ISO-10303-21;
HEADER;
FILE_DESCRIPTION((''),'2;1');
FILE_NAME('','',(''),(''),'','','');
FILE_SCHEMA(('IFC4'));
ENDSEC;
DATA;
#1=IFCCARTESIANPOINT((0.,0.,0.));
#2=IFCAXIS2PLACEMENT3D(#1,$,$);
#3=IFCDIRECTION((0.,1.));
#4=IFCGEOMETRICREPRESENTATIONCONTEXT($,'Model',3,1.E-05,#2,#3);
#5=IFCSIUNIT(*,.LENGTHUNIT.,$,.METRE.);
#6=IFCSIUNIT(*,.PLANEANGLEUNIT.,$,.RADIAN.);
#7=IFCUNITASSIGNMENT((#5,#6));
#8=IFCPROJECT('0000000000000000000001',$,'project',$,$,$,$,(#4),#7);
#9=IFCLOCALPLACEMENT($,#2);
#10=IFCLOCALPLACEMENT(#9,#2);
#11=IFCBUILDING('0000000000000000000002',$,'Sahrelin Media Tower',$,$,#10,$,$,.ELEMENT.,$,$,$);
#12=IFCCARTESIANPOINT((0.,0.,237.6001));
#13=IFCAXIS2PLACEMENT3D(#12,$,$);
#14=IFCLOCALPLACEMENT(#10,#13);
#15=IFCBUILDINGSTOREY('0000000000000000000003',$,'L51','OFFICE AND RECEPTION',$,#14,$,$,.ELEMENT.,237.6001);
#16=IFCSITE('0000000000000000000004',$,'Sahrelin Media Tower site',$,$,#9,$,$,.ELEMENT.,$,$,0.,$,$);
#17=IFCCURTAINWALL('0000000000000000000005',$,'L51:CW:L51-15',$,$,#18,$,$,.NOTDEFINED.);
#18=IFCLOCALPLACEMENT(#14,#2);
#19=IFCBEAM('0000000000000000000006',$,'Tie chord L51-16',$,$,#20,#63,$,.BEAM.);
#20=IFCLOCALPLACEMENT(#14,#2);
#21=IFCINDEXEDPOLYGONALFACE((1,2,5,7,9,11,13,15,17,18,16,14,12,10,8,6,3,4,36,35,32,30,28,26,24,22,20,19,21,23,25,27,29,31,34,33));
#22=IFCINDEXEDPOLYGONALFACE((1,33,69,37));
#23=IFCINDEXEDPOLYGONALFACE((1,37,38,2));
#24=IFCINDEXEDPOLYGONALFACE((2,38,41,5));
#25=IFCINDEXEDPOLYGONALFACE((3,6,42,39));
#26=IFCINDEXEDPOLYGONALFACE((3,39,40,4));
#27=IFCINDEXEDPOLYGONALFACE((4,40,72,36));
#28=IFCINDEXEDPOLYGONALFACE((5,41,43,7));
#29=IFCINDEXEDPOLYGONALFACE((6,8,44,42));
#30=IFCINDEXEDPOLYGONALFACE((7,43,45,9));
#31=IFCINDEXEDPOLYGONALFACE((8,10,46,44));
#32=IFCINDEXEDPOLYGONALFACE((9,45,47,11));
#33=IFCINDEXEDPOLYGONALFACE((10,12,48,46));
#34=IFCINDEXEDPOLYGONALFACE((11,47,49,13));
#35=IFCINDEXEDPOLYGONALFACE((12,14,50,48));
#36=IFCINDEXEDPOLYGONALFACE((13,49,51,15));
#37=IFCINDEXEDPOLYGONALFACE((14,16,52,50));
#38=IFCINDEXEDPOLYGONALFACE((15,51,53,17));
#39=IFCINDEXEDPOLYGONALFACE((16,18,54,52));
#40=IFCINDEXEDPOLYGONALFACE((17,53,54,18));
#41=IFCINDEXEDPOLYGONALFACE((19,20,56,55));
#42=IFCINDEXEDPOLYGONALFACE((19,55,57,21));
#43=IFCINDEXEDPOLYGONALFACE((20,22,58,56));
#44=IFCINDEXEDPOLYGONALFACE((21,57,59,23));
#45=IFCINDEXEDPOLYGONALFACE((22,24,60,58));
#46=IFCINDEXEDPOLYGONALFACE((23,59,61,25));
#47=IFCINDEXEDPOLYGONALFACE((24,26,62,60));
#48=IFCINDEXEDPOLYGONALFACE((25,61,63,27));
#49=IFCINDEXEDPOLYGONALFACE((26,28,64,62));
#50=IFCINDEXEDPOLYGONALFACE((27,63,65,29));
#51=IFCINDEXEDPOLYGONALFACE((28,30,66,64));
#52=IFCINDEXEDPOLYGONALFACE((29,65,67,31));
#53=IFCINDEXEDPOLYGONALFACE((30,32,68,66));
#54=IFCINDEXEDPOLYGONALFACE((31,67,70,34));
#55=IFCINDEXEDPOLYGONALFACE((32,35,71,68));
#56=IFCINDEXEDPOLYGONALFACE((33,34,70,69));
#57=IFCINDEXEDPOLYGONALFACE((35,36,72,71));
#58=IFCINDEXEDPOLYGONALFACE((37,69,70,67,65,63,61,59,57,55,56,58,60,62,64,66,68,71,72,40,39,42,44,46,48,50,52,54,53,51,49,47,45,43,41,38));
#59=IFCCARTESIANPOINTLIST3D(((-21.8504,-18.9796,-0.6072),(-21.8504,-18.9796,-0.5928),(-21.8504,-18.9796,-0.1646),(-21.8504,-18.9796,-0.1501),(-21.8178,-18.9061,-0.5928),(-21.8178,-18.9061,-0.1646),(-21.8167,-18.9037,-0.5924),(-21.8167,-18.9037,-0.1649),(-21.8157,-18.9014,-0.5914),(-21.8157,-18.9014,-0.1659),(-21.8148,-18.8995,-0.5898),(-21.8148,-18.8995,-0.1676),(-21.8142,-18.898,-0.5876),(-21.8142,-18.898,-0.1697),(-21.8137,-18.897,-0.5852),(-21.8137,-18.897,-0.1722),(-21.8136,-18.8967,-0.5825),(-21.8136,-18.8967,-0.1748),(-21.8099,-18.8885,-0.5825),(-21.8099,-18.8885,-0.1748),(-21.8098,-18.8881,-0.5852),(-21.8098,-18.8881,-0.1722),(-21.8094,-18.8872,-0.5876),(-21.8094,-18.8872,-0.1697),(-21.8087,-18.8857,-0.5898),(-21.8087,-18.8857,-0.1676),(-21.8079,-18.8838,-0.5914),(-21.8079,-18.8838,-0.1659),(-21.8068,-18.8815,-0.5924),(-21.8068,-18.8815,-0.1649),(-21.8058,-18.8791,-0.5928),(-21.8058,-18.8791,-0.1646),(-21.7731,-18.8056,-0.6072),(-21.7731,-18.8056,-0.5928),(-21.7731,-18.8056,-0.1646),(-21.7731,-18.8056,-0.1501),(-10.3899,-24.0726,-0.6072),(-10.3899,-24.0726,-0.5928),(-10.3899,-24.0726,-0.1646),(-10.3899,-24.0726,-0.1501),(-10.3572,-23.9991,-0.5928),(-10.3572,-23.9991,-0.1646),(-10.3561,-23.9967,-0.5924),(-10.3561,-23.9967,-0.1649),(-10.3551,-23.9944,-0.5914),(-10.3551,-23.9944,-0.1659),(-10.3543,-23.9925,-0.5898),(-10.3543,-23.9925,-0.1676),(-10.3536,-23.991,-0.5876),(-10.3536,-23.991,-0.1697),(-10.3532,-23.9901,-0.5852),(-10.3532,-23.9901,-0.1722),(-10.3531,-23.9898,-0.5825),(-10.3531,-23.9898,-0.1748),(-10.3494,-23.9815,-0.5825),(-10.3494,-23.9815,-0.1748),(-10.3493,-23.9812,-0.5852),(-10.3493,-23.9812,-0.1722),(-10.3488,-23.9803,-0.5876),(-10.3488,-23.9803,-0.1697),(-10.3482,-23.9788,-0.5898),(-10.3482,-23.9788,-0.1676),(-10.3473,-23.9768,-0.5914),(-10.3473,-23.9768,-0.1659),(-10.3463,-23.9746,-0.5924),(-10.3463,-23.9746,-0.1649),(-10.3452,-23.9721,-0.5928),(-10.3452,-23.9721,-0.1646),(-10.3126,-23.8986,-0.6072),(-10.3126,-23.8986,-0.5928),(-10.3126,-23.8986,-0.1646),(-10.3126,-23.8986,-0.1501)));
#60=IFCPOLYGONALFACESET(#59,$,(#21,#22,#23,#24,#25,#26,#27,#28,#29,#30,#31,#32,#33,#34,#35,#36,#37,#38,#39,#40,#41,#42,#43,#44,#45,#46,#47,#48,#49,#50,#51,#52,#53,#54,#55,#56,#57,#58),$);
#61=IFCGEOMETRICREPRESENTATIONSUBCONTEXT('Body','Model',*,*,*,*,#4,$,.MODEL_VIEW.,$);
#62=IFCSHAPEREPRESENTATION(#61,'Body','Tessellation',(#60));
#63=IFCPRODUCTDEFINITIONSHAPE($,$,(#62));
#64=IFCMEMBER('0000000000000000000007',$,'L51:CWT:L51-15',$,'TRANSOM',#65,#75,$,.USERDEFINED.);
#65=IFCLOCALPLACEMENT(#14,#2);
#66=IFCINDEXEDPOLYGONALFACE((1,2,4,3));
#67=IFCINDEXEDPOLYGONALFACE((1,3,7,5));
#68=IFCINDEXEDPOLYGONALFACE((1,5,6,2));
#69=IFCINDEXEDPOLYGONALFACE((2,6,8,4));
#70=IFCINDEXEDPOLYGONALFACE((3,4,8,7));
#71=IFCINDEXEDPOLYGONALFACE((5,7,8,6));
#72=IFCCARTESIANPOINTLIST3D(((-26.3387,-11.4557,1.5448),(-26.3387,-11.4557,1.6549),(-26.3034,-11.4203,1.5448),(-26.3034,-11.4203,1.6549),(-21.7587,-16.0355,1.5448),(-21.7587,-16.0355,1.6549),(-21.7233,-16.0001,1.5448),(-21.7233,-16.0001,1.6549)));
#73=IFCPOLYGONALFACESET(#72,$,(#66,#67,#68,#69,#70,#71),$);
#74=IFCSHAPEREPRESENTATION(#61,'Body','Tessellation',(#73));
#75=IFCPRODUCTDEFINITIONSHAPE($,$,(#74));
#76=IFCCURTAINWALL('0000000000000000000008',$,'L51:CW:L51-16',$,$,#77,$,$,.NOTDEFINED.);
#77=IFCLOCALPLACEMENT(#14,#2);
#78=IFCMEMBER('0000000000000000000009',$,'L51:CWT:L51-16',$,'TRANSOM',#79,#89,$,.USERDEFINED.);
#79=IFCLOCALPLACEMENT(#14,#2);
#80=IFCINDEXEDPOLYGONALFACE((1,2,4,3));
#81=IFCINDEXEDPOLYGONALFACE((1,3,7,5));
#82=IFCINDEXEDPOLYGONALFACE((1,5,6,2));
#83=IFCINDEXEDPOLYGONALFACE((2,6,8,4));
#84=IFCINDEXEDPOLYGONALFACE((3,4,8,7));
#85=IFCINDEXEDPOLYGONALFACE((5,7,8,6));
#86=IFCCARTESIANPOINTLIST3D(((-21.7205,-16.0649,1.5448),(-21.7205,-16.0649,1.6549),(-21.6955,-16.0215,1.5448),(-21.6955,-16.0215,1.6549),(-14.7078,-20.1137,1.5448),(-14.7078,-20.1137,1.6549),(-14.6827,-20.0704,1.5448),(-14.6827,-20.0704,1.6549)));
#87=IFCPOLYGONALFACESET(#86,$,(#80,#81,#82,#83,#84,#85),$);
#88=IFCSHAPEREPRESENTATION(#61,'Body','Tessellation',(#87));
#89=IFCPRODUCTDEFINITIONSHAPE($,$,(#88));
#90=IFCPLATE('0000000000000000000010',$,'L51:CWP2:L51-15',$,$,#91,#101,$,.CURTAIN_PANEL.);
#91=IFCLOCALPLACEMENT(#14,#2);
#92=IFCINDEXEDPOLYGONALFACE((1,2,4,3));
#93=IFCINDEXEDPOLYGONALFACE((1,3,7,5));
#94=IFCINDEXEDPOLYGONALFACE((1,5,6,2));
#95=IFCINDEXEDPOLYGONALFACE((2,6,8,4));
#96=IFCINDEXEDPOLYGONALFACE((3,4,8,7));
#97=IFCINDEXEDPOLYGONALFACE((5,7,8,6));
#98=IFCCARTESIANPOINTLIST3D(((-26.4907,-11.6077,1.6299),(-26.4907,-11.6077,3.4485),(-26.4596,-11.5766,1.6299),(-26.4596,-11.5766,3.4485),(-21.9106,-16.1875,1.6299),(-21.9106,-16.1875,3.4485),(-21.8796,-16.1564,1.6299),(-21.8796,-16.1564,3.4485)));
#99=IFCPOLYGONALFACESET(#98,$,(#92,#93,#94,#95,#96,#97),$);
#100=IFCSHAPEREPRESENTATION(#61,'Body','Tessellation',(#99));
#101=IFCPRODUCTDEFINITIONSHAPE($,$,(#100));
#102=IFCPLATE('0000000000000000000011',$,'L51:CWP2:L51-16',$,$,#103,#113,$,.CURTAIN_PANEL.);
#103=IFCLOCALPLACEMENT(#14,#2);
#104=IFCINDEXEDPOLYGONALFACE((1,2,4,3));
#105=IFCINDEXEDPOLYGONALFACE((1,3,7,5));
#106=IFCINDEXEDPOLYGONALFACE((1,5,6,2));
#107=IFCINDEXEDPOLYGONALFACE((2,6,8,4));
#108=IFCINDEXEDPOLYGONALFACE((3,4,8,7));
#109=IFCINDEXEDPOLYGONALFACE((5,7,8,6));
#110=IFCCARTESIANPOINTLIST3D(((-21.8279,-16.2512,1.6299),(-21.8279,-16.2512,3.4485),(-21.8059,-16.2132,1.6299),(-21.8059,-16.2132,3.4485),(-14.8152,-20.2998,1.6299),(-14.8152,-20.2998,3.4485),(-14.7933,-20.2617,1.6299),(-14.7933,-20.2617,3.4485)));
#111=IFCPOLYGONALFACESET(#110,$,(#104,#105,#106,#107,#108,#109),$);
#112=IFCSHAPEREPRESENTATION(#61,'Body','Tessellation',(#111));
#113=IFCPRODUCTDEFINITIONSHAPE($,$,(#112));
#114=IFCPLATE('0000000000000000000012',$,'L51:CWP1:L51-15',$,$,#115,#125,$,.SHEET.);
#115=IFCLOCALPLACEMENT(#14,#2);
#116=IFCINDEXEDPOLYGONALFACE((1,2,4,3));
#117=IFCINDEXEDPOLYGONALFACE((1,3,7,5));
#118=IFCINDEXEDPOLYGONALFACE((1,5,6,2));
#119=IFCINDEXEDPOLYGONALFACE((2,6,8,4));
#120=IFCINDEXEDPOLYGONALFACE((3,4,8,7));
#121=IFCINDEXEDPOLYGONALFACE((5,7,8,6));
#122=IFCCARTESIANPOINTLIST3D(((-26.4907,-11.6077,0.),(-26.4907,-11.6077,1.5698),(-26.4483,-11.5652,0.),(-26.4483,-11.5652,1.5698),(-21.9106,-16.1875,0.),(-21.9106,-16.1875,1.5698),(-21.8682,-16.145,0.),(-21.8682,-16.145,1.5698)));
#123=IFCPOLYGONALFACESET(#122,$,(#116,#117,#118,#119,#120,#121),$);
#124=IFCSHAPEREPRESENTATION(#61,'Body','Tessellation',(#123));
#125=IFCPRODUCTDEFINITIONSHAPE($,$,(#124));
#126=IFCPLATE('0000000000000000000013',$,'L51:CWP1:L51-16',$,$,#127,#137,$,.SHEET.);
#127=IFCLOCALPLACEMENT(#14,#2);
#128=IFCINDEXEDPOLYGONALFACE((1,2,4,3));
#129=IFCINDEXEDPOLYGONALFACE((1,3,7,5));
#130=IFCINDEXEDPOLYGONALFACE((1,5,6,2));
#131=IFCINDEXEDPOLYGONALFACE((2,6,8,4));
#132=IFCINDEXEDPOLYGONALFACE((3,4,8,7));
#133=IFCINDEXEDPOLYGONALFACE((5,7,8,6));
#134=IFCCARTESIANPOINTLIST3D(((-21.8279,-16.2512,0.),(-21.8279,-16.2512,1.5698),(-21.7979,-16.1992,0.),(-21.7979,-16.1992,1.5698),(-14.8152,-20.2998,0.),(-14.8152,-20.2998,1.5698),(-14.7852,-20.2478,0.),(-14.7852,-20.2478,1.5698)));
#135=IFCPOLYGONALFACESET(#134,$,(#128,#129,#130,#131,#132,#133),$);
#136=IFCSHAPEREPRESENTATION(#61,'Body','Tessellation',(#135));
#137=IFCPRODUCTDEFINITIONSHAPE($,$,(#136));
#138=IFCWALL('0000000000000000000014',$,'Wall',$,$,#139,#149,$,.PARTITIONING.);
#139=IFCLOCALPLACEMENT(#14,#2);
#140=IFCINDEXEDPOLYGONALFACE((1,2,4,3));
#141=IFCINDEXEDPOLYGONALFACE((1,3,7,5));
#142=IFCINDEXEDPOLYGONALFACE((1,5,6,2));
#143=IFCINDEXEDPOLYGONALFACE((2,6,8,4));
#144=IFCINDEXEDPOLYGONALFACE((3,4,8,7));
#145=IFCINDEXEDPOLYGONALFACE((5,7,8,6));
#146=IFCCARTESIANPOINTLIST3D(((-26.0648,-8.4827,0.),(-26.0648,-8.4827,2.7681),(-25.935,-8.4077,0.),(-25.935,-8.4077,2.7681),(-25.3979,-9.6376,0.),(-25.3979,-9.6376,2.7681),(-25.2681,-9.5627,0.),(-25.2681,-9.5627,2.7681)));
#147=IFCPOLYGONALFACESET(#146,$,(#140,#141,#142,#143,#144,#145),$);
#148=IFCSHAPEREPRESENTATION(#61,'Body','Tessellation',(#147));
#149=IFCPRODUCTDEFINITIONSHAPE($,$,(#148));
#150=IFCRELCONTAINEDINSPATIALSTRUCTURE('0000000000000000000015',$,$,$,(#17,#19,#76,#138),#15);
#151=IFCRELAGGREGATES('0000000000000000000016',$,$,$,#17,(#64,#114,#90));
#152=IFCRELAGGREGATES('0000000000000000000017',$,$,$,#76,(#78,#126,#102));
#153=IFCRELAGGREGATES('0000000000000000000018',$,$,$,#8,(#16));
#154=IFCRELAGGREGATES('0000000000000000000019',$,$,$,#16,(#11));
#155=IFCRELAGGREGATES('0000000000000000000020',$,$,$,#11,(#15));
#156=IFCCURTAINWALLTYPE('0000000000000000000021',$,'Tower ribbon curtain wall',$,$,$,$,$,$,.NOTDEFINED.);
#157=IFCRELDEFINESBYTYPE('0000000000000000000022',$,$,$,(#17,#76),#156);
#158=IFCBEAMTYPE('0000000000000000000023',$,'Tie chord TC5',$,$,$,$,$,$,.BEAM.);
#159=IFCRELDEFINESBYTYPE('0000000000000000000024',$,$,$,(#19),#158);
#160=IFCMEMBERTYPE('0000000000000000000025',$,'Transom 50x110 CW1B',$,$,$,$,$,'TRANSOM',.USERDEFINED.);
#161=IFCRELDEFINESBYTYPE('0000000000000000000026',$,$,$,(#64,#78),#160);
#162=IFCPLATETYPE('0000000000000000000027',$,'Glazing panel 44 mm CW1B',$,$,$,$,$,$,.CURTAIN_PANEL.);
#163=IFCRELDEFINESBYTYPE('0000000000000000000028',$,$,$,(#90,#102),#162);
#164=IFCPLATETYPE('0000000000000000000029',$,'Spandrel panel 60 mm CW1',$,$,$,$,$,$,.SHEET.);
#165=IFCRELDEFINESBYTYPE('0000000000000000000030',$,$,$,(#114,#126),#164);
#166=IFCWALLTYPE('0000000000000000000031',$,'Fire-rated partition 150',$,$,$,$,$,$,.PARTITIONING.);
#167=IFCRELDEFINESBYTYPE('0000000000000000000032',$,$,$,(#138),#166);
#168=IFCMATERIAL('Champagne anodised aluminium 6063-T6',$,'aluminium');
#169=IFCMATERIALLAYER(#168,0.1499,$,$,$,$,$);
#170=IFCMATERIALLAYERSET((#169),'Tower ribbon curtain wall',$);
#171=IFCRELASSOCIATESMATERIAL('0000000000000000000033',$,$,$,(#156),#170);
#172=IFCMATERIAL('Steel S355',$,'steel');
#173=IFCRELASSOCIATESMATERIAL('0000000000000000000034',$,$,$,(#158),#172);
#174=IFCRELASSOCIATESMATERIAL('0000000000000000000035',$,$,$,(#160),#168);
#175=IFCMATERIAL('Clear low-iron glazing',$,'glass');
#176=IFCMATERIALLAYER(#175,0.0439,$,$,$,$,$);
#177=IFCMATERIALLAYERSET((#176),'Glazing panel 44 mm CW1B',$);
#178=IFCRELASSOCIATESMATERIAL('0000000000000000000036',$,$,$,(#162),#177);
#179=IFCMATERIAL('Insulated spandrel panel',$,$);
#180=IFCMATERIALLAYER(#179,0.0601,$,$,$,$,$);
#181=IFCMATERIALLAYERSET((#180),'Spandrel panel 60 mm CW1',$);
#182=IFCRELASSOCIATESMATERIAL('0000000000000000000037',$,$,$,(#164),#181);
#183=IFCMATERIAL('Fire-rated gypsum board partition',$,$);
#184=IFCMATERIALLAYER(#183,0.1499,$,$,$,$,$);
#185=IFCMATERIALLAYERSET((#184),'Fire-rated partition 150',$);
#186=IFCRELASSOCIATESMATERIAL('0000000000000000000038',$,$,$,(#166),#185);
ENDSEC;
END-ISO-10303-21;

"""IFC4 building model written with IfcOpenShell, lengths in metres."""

from ifc_helpers import new_model, si_unit, direction, frame, frame_2d, origin, origin_2d, place, context, subcontext, project, spatial, polyline, rectangle, i_section, outline, extrude, material, layer, layer_set, material_profile, profile_set, type_object, element, aggregate, save


model = new_model("IFC4")

# Units and contexts
model_context = context("Model", 3, precision=1e-05, world=origin(), true_north=direction((0.0, 1.0)))
body_context = subcontext(model_context, "Body", "Model", "MODEL_VIEW")
ifc_project = project(units=[si_unit("LENGTHUNIT", "METRE"), si_unit("PLANEANGLEUNIT", "RADIAN")], contexts=[model_context])

# Site, building, storey
site_placement = place(None, origin())
site = spatial("IfcSite", under=ifc_project, at=site_placement, Name="Sahrelin Media Tower site", CompositionType="ELEMENT", RefElevation=0.0)
building_placement = place(site_placement, origin())
building = spatial("IfcBuilding", under=site, at=building_placement, Name="Sahrelin Media Tower", CompositionType="ELEMENT")
storey_placement = place(building_placement, frame((0.0, 0.0, 237.6001)))
storey = spatial("IfcBuildingStorey", under=building, at=storey_placement, Name="L51", Description="OFFICE AND RECEPTION", CompositionType="ELEMENT", Elevation=237.6001)

# Shared definitions
ifc_material_1 = material(Name="Steel S355", Category="steel")

# Curtain wall
ifc_material_2 = material(Name="Champagne anodised aluminium 6063-T6", Category="aluminium")
ifc_layer_1 = layer(ifc_material_2, 0.1499)
ifc_layer_set_1 = layer_set([ifc_layer_1], Name="Tower ribbon curtain wall")
curtain_wall_type = type_object("IfcCurtainWallType", Name="Tower ribbon curtain wall", PredefinedType="NOTDEFINED", material=ifc_layer_set_1)
curtain_wall_1_placement = place(storey_placement, frame((-24.1865, -13.8833, 0.0), z_axis=(0.0, 0.0, 1.0), x_axis=(1.0, 0.0, 0.0)))
curtain_wall_1 = element("IfcCurtainWall", 1, at=curtain_wall_1_placement, inside=storey, type_object=curtain_wall_type, Name="L51:CW:L51-15", PredefinedType="NOTDEFINED")

# Beam
ifc_material_profile_1 = material_profile(ifc_material_1, i_section(OverallWidth=0.1904, OverallDepth=0.457, WebThickness=0.009, FlangeThickness=0.0144, FilletRadius=0.0103, at=origin_2d()), Name="UB 457x191x74")
ifc_profile_set_1 = profile_set([ifc_material_profile_1], Name="Steel S355")
beam_type_1 = type_object("IfcBeamType", Name="Tie chord TC5", PredefinedType="BEAM", material=ifc_profile_set_1)
beam_1_placement = place(storey_placement, frame((-21.8118, -18.8926, -0.3787), z_axis=(0.913827, -0.406104, 0.0), x_axis=(0.406104, 0.913827, 0.0)))
element("IfcBeam", 2, at=beam_1_placement, inside=storey, type_object=beam_type_1, Name="Tie chord L51-16", PredefinedType="BEAM", context=body_context, shape_type="SweptSolid", body=[
    extrude(i_section(OverallWidth=0.1904, OverallDepth=0.457, WebThickness=0.009, FlangeThickness=0.0144, FilletRadius=0.0103, at=origin_2d()), origin(), (0.0, 0.0, 1.0), 12.5413),
])

# Member
ifc_material_profile_2 = material_profile(ifc_material_2, rectangle(XDim=0.05, YDim=0.1101, at=origin_2d()), Name="Transom 50x110")
ifc_profile_set_2 = profile_set([ifc_material_profile_2], Name="Champagne anodised aluminium 6063-T6")
member_type_1 = type_object("IfcMemberType", Name="Transom 50x110 CW1B", ElementType="TRANSOM", PredefinedType="USERDEFINED", material=ifc_profile_set_2)
member_1_placement = place(storey_placement, frame((-26.321, -11.438, 1.5999), z_axis=(0.707126, -0.707088, 0.0), x_axis=(0.707088, 0.707126, 0.0)))
member_1 = element("IfcMember", 3, at=member_1_placement, type_object=member_type_1, Name="L51:CWT:L51-15", ObjectType="TRANSOM", PredefinedType="USERDEFINED", context=body_context, shape_type="SweptSolid", body=[
    extrude(rectangle(XDim=0.05, YDim=0.1101, at=origin_2d()), origin(), (0.0, 0.0, 1.0), 6.4771),
])

# Curtain wall, member
curtain_wall_2_placement = place(storey_placement, frame((-18.3115, -18.2583, 0.0), z_axis=(0.0, 0.0, 1.0), x_axis=(1.0, 0.0, 0.0)))
curtain_wall_2 = element("IfcCurtainWall", 4, at=curtain_wall_2_placement, inside=storey, type_object=curtain_wall_type, Name="L51:CW:L51-16", PredefinedType="NOTDEFINED")
member_2_placement = place(storey_placement, frame((-21.708, -16.0432, 1.5999), z_axis=(0.866023, -0.500004, 0.0), x_axis=(0.500004, 0.866023, 0.0)))
member_2 = element("IfcMember", 5, at=member_2_placement, type_object=member_type_1, Name="L51:CWT:L51-16", ObjectType="TRANSOM", PredefinedType="USERDEFINED", context=body_context, shape_type="SweptSolid", body=[
    extrude(rectangle(XDim=0.05, YDim=0.1101, at=origin_2d()), origin(), (0.0, 0.0, 1.0), 8.0977),
])

# Plates
ifc_material_3 = material(Name="Clear low-iron glazing", Category="glass")
ifc_layer_2 = layer(ifc_material_3, 0.0439)
ifc_layer_set_2 = layer_set([ifc_layer_2], Name="Glazing panel 44 mm CW1B")
plate_type_1 = type_object("IfcPlateType", Name="Glazing panel 44 mm CW1B", PredefinedType="CURTAIN_PANEL", material=ifc_layer_set_2)
plate_1_placement = place(storey_placement, frame((-26.4907, -11.6077, 1.6299), z_axis=(-0.707088, -0.707126, 0.0), x_axis=(0.707126, -0.707088, 0.0)))
plate_1 = element("IfcPlate", 6, at=plate_1_placement, type_object=plate_type_1, Name="L51:CWP2:L51-15", PredefinedType="CURTAIN_PANEL", context=body_context, shape_type="SweptSolid", body=[
    extrude(outline(polyline([(0.0, 0.0), (6.4771, 0.0), (6.4771, 1.8186), (0.0, 1.8186), (0.0, 0.0)])), origin(), (0.0, 0.0, -1.0), 0.0439),
])
plate_2_placement = place(storey_placement, frame((-21.8279, -16.2512, 1.6299), z_axis=(-0.499982, -0.866036, 0.0), x_axis=(0.866036, -0.499982, 0.0)))
plate_2 = element("IfcPlate", 7, at=plate_2_placement, type_object=plate_type_1, Name="L51:CWP2:L51-16", PredefinedType="CURTAIN_PANEL", context=body_context, shape_type="SweptSolid", body=[
    extrude(outline(polyline([(0.0, 0.0), (8.0974, 0.0), (8.0974, 1.8186), (0.0, 1.8186), (0.0, 0.0)])), origin(), (0.0, 0.0, -1.0), 0.0439),
])
ifc_material_4 = material(Name="Insulated spandrel panel")
ifc_layer_3 = layer(ifc_material_4, 0.0601)
ifc_layer_set_3 = layer_set([ifc_layer_3], Name="Spandrel panel 60 mm CW1")
plate_type_2 = type_object("IfcPlateType", Name="Spandrel panel 60 mm CW1", PredefinedType="SHEET", material=ifc_layer_set_3)
plate_3_placement = place(storey_placement, frame((-26.4907, -11.6077, 0.0), z_axis=(-0.707088, -0.707126, 0.0), x_axis=(0.707126, -0.707088, 0.0)))
plate_3 = element("IfcPlate", 8, at=plate_3_placement, type_object=plate_type_2, Name="L51:CWP1:L51-15", PredefinedType="SHEET", context=body_context, shape_type="SweptSolid", body=[
    extrude(outline(polyline([(0.0, 0.0), (6.4771, 0.0), (6.4771, 1.5698), (0.0, 1.5698), (0.0, 0.0)])), origin(), (0.0, 0.0, -1.0), 0.0601),
])
aggregate(curtain_wall_1, [member_1, plate_3, plate_1])
plate_4_placement = place(storey_placement, frame((-21.8279, -16.2512, 0.0), z_axis=(-0.499982, -0.866036, 0.0), x_axis=(0.866036, -0.499982, 0.0)))
plate_4 = element("IfcPlate", 9, at=plate_4_placement, type_object=plate_type_2, Name="L51:CWP1:L51-16", PredefinedType="SHEET", context=body_context, shape_type="SweptSolid", body=[
    extrude(outline(polyline([(0.0, 0.0), (8.0974, 0.0), (8.0974, 1.5698), (0.0, 1.5698), (0.0, 0.0)])), origin(), (0.0, 0.0, -1.0), 0.0601),
])
aggregate(curtain_wall_2, [member_2, plate_4, plate_2])

# Wall
ifc_material_5 = material(Name="Fire-rated gypsum board partition")
ifc_layer_4 = layer(ifc_material_5, 0.1499)
ifc_layer_set_4 = layer_set([ifc_layer_4], Name="Fire-rated partition 150")
wall_type_1 = type_object("IfcWallType", Name="Fire-rated partition 150", PredefinedType="PARTITIONING", material=ifc_layer_set_4)
wall_1_placement = place(storey_placement, frame((-26.0, -8.4451, 0.0), z_axis=(0.0, 0.0, 1.0), x_axis=(0.500076, -0.865981, 0.0)))
element("IfcWall", 10, at=wall_1_placement, inside=storey, type_object=wall_type_1, Name="Wall", PredefinedType="PARTITIONING", context=body_context, shape_type="SweptSolid", body=[
    extrude(rectangle(XDim=1.3337, YDim=0.1499, at=frame_2d((0.667, 0.0))), origin(), (0.0, 0.0, 1.0), 2.7681),
])

save(model, "model.ifc")
